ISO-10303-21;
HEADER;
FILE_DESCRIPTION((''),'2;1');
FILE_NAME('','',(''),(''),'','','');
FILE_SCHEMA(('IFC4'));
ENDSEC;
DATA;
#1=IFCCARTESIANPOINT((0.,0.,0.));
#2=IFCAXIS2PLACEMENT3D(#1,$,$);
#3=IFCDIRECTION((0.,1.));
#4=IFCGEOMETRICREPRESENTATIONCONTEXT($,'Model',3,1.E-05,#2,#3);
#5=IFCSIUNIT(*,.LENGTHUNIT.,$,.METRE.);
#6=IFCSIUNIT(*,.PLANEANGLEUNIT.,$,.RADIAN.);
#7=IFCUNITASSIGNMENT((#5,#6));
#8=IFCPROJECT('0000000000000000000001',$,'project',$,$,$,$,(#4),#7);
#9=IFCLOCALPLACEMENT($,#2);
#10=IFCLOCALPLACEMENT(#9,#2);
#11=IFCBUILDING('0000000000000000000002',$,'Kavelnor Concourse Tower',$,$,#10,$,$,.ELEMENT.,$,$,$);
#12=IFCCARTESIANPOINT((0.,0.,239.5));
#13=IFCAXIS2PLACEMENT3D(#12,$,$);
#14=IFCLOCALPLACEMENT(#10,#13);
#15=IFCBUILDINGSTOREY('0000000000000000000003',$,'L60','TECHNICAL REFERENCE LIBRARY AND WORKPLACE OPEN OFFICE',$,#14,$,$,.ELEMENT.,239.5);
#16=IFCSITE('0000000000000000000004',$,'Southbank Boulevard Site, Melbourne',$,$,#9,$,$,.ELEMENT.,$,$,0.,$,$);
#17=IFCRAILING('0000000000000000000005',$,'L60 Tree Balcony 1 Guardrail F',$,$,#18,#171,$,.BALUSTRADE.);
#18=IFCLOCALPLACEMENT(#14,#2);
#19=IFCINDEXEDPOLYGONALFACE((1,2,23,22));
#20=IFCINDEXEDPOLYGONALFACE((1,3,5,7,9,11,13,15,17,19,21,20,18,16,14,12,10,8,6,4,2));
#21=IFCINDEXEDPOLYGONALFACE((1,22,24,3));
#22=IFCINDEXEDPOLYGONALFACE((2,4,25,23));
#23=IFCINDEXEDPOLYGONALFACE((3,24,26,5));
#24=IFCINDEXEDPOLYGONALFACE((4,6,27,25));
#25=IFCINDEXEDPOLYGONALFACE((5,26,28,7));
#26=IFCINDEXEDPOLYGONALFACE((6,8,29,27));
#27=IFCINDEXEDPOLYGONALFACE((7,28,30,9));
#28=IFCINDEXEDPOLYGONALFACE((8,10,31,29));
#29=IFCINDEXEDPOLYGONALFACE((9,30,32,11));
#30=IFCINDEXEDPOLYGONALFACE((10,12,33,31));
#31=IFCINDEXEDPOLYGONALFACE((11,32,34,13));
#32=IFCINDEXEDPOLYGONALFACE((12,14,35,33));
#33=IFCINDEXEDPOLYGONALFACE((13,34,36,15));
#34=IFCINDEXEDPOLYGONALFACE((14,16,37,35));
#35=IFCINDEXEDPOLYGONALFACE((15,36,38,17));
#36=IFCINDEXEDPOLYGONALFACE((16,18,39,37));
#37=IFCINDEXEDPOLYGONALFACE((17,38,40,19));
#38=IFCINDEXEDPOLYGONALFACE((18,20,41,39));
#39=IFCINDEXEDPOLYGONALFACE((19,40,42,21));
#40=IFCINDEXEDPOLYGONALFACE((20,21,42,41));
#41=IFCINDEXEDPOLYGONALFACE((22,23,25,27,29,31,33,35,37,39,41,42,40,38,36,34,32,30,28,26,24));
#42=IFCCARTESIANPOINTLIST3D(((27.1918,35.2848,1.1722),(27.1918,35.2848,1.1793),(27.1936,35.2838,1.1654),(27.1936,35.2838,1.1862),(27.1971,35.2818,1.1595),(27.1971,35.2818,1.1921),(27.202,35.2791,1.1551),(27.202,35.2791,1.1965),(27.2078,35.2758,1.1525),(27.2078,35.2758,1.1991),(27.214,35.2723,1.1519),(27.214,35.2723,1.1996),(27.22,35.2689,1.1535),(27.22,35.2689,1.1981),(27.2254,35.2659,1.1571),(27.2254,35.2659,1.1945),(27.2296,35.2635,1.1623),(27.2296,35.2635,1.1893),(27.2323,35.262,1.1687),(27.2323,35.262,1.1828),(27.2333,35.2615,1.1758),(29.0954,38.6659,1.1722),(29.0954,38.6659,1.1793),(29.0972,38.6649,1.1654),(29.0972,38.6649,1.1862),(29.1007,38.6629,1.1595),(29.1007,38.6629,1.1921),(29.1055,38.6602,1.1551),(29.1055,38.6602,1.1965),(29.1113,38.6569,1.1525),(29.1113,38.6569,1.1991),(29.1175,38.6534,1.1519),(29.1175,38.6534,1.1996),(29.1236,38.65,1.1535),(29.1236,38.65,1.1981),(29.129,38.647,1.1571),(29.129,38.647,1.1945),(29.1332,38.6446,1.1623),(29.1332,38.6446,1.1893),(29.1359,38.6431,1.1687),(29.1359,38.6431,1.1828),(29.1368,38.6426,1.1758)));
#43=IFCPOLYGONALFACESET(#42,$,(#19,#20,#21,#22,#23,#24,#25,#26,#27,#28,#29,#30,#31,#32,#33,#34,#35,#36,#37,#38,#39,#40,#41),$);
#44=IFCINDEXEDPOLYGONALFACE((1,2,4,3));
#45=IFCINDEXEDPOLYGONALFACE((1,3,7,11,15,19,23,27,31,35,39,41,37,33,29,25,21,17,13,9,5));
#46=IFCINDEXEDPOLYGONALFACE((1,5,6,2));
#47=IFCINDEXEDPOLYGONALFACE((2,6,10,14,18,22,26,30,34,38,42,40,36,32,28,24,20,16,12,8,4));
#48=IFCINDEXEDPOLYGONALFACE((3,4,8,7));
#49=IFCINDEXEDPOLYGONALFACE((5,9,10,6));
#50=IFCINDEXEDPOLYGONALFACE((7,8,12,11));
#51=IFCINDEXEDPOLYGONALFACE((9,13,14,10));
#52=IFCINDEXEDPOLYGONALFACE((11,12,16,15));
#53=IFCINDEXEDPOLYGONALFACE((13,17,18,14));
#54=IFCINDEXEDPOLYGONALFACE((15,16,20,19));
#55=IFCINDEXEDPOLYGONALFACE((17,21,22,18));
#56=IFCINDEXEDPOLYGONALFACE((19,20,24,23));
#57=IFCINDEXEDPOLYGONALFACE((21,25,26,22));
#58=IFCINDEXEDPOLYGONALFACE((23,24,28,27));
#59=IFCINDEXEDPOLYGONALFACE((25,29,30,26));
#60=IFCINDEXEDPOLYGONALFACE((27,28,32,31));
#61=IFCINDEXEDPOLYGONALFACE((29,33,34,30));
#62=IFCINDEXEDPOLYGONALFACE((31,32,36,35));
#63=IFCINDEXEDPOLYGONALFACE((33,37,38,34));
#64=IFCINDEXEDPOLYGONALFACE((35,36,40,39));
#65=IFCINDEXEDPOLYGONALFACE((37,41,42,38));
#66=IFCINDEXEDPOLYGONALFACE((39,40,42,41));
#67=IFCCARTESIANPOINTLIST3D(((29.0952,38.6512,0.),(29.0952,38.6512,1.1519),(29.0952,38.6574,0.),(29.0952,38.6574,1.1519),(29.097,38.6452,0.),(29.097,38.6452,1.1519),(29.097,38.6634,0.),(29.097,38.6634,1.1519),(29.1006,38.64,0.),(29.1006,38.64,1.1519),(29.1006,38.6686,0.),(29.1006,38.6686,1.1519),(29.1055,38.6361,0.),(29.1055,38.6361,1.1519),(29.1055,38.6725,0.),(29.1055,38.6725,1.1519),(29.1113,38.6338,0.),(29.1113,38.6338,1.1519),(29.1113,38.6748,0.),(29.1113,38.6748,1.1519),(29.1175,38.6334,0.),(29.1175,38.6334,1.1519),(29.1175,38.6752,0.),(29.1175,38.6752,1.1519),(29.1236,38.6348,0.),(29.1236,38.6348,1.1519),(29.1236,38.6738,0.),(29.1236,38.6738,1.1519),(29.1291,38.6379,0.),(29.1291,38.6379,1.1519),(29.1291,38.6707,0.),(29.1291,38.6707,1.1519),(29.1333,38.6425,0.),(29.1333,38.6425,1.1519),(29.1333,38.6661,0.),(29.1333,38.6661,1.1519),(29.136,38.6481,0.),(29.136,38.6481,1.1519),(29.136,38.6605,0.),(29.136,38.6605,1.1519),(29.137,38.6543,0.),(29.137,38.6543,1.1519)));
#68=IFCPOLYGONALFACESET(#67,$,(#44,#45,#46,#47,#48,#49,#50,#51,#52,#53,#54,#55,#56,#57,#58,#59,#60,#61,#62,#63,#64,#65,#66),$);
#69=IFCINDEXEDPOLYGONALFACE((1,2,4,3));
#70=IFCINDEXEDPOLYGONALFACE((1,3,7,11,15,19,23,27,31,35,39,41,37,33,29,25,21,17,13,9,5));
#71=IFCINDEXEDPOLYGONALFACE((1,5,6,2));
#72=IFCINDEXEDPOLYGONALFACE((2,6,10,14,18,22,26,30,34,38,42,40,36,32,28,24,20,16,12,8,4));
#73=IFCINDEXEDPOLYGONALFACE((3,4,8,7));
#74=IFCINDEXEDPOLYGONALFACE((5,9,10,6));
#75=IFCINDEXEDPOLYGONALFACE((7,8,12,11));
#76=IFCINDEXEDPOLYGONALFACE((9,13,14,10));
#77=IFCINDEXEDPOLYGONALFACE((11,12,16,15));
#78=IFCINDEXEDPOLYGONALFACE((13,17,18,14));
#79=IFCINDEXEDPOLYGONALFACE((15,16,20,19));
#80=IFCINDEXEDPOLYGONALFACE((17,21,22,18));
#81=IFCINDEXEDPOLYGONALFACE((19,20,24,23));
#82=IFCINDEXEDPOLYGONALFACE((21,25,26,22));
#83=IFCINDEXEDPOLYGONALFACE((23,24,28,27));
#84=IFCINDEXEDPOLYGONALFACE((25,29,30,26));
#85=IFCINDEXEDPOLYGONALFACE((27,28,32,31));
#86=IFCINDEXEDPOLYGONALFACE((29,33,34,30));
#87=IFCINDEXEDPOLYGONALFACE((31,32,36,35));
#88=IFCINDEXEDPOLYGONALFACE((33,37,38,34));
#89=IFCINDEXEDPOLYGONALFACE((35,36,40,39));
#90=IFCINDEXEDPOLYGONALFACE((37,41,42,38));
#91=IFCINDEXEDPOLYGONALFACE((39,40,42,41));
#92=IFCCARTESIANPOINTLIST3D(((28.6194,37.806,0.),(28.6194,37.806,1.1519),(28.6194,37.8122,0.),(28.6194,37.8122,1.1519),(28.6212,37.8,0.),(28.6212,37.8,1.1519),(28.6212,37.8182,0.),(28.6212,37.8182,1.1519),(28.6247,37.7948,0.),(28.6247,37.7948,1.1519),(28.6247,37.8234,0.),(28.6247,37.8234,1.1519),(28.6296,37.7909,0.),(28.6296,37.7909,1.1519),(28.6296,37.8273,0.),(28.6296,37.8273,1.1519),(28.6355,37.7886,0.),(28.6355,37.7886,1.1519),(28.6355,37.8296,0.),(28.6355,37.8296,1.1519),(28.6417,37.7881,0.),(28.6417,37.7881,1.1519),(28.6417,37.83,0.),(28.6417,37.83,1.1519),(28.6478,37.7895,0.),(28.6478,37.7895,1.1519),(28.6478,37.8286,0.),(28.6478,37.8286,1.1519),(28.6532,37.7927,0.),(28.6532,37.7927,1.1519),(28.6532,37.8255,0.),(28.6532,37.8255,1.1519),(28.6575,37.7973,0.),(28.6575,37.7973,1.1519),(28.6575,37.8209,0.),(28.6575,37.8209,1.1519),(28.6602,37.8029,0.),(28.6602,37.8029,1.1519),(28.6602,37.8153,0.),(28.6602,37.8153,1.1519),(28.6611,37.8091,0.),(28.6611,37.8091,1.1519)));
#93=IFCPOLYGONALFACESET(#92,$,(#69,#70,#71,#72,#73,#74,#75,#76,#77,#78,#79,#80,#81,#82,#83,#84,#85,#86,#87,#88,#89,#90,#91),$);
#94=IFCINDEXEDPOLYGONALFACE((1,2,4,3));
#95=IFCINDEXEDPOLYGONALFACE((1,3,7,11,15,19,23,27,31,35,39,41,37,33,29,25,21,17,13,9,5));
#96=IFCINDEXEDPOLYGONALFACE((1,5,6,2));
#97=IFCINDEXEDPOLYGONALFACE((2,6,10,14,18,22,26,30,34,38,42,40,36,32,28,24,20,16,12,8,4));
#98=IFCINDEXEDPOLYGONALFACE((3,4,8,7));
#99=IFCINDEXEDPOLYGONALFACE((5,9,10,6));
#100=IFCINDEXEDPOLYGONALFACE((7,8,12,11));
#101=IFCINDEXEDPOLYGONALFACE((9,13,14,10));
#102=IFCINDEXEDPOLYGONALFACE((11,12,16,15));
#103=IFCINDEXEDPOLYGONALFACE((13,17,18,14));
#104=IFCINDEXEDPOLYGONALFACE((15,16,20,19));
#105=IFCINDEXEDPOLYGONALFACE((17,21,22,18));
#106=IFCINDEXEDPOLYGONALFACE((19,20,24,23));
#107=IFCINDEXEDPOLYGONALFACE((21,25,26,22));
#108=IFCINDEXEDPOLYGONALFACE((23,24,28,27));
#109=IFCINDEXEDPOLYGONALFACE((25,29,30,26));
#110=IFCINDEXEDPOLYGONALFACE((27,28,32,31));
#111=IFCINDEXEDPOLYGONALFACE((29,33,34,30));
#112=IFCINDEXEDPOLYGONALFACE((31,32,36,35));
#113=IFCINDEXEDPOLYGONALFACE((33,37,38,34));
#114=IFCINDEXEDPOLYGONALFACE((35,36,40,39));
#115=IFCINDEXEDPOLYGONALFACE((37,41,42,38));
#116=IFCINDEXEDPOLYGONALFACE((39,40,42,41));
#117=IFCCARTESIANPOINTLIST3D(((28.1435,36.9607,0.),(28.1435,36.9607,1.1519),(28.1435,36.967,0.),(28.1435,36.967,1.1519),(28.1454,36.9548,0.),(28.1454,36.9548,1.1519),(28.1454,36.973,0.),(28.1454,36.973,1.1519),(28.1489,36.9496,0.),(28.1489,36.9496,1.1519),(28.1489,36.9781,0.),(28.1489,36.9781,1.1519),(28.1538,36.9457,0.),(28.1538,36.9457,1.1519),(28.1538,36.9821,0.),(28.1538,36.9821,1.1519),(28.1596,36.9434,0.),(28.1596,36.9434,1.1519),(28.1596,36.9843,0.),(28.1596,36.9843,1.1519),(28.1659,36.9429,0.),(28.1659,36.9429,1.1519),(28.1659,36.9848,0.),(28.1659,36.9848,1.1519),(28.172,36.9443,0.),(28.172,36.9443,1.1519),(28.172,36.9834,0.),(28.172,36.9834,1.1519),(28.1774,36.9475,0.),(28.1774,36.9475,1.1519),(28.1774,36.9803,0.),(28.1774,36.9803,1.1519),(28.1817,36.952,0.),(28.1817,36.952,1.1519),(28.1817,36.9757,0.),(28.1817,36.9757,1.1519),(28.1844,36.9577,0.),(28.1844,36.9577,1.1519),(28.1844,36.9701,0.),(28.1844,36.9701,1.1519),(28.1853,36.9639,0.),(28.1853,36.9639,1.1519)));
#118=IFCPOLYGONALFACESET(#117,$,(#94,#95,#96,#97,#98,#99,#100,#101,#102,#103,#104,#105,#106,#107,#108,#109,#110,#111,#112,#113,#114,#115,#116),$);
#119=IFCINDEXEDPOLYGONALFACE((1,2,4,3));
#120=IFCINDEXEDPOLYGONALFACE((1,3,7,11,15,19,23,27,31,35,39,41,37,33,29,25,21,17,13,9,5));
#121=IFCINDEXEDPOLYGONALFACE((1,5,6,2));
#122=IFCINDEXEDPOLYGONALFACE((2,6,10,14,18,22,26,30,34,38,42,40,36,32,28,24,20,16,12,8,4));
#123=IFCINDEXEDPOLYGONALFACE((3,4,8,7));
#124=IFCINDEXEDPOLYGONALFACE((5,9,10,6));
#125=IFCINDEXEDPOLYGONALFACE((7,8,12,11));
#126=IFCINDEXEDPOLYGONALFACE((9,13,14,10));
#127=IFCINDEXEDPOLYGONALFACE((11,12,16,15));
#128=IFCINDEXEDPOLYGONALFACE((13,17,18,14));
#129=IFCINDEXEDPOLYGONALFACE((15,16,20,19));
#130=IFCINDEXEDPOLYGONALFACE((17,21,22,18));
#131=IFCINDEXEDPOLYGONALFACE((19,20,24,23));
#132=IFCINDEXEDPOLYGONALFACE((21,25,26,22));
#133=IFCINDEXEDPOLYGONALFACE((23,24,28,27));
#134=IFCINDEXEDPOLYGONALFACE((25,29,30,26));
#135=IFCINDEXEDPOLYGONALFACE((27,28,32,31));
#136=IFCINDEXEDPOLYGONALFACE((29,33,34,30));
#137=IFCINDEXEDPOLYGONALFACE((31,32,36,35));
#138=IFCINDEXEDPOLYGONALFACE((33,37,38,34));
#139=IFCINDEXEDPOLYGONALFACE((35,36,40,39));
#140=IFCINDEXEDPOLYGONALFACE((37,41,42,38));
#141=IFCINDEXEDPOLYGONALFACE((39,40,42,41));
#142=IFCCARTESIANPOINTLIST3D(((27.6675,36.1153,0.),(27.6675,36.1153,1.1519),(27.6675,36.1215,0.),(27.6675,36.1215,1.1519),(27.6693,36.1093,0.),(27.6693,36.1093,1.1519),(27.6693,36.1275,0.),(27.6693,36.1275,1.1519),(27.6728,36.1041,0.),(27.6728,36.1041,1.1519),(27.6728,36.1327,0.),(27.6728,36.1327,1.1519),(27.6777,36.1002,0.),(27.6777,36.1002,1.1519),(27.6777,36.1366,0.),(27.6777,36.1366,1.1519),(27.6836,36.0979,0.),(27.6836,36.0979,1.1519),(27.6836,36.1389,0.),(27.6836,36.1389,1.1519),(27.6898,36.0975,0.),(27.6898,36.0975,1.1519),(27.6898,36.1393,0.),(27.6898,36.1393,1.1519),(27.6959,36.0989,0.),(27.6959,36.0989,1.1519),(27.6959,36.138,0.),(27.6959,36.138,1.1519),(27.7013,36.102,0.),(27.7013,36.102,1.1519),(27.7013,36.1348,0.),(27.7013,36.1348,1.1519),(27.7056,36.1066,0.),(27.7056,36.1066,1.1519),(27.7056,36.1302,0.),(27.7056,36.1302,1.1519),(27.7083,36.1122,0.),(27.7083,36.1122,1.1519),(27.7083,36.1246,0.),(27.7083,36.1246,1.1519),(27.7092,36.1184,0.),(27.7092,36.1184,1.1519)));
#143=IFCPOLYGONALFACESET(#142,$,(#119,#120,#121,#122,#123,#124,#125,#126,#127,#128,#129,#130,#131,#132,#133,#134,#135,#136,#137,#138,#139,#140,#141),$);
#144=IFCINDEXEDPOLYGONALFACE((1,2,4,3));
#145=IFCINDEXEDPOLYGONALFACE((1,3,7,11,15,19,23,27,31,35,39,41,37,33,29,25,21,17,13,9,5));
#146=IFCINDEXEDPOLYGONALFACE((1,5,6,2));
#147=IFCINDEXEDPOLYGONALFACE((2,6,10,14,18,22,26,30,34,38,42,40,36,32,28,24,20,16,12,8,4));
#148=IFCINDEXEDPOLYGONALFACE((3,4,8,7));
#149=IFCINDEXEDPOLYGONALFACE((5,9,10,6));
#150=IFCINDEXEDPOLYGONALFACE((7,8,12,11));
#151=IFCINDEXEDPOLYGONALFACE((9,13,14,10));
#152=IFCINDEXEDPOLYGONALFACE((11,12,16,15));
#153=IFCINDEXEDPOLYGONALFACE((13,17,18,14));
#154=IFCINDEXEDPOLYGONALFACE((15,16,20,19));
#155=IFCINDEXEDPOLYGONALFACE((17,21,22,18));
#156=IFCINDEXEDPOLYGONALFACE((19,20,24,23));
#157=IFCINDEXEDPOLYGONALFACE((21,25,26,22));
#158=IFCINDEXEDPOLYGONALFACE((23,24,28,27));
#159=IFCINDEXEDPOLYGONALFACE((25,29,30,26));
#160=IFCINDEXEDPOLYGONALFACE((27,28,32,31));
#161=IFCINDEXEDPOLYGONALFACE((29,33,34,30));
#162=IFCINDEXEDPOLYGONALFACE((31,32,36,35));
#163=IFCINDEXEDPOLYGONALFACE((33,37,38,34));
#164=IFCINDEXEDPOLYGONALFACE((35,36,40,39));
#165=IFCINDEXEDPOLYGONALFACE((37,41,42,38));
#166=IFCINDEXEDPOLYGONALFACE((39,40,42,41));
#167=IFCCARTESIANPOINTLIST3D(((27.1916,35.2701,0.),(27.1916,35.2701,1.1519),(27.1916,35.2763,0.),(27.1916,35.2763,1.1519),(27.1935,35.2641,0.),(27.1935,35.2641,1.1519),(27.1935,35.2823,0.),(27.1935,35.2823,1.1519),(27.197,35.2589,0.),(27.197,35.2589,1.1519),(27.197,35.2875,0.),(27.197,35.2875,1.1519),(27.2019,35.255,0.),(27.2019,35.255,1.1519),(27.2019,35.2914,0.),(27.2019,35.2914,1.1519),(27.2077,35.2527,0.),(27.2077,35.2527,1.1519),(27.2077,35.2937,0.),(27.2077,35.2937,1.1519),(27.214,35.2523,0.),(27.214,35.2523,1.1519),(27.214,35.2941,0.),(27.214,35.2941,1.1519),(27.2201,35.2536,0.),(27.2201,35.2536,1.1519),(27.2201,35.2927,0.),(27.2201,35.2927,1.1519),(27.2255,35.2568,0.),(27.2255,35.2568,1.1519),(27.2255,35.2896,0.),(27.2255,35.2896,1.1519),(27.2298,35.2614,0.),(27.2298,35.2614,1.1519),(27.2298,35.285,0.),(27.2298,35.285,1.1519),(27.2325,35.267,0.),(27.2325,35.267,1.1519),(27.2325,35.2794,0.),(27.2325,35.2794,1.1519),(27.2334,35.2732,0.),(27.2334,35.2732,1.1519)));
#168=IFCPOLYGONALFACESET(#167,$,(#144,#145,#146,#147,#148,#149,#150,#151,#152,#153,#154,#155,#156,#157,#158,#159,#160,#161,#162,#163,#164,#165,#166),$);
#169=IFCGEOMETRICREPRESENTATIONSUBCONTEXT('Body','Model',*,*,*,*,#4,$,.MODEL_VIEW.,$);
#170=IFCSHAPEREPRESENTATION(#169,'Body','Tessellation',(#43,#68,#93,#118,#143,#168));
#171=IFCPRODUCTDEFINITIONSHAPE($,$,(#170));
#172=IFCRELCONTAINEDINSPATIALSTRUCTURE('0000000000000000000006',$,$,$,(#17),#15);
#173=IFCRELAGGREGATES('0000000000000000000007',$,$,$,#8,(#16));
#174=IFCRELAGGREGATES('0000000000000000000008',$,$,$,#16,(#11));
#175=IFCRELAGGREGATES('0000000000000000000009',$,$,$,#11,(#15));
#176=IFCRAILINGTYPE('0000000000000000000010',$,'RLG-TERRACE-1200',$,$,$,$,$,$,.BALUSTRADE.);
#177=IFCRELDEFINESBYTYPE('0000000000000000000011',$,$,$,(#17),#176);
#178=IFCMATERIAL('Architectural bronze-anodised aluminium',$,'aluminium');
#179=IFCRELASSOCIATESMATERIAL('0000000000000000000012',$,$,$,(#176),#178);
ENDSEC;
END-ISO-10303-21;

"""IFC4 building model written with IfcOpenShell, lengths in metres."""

from ifc_helpers import new_model, si_unit, direction, frame, origin, origin_2d, place, context, subcontext, project, spatial, circle, extrude, material, type_object, element, save


model = new_model("IFC4")

# Units and contexts
model_context = context("Model", 3, precision=1e-05, world=origin(), true_north=direction((0.0, 1.0)))
body_context = subcontext(model_context, "Body", "Model", "MODEL_VIEW")
ifc_project = project(units=[si_unit("LENGTHUNIT", "METRE"), si_unit("PLANEANGLEUNIT", "RADIAN")], contexts=[model_context])

# Site, building, storey
site_placement = place(None, origin())
site = spatial("IfcSite", under=ifc_project, at=site_placement, Name="Southbank Boulevard Site, Melbourne", CompositionType="ELEMENT", RefElevation=0.0)
building_placement = place(site_placement, origin())
building = spatial("IfcBuilding", under=site, at=building_placement, Name="Kavelnor Concourse Tower", CompositionType="ELEMENT")
storey_placement = place(building_placement, frame((0.0, 0.0, 239.5)))
storey = spatial("IfcBuildingStorey", under=building, at=storey_placement, Name="L60", Description="TECHNICAL REFERENCE LIBRARY AND WORKPLACE OPEN OFFICE", CompositionType="ELEMENT", Elevation=239.5)

# Railing
ifc_material_1 = material(Name="Architectural bronze-anodised aluminium", Category="aluminium")
railing_type = type_object("IfcRailingType", Name="RLG-TERRACE-1200", PredefinedType="BALUSTRADE", material=ifc_material_1)
railing_1_placement = place(storey_placement, frame((29.116, 38.6543, 0.0)))
element("IfcRailing", 1, at=railing_1_placement, inside=storey, type_object=railing_type, Name="L60 Tree Balcony 1 Guardrail F", PredefinedType="BALUSTRADE", context=body_context, shape_type="SweptSolid", body=[
    extrude(circle(Radius=0.0239, at=origin_2d()), frame((0.0, 0.0, 1.1758), z_axis=(-0.490593, -0.871389, 0.0), x_axis=(0.871389, -0.490593, 0.0)), (0.0, 0.0, 1.0), 3.8801),
    extrude(circle(Radius=0.021, at=origin_2d()), origin(), (0.0, 0.0, 1.0), 1.1519),
    extrude(circle(Radius=0.021, at=origin_2d()), frame((-0.4758, -0.8452, 0.0)), (0.0, 0.0, 1.0), 1.1519),
    extrude(circle(Radius=0.021, at=origin_2d()), frame((-0.9517, -1.6904, 0.0)), (0.0, 0.0, 1.0), 1.1519),
    extrude(circle(Radius=0.021, at=origin_2d()), frame((-1.4277, -2.5359, 0.0)), (0.0, 0.0, 1.0), 1.1519),
    extrude(circle(Radius=0.021, at=origin_2d()), frame((-1.9036, -3.3811, 0.0)), (0.0, 0.0, 1.0), 1.1519),
])

save(model, "model.ifc")
